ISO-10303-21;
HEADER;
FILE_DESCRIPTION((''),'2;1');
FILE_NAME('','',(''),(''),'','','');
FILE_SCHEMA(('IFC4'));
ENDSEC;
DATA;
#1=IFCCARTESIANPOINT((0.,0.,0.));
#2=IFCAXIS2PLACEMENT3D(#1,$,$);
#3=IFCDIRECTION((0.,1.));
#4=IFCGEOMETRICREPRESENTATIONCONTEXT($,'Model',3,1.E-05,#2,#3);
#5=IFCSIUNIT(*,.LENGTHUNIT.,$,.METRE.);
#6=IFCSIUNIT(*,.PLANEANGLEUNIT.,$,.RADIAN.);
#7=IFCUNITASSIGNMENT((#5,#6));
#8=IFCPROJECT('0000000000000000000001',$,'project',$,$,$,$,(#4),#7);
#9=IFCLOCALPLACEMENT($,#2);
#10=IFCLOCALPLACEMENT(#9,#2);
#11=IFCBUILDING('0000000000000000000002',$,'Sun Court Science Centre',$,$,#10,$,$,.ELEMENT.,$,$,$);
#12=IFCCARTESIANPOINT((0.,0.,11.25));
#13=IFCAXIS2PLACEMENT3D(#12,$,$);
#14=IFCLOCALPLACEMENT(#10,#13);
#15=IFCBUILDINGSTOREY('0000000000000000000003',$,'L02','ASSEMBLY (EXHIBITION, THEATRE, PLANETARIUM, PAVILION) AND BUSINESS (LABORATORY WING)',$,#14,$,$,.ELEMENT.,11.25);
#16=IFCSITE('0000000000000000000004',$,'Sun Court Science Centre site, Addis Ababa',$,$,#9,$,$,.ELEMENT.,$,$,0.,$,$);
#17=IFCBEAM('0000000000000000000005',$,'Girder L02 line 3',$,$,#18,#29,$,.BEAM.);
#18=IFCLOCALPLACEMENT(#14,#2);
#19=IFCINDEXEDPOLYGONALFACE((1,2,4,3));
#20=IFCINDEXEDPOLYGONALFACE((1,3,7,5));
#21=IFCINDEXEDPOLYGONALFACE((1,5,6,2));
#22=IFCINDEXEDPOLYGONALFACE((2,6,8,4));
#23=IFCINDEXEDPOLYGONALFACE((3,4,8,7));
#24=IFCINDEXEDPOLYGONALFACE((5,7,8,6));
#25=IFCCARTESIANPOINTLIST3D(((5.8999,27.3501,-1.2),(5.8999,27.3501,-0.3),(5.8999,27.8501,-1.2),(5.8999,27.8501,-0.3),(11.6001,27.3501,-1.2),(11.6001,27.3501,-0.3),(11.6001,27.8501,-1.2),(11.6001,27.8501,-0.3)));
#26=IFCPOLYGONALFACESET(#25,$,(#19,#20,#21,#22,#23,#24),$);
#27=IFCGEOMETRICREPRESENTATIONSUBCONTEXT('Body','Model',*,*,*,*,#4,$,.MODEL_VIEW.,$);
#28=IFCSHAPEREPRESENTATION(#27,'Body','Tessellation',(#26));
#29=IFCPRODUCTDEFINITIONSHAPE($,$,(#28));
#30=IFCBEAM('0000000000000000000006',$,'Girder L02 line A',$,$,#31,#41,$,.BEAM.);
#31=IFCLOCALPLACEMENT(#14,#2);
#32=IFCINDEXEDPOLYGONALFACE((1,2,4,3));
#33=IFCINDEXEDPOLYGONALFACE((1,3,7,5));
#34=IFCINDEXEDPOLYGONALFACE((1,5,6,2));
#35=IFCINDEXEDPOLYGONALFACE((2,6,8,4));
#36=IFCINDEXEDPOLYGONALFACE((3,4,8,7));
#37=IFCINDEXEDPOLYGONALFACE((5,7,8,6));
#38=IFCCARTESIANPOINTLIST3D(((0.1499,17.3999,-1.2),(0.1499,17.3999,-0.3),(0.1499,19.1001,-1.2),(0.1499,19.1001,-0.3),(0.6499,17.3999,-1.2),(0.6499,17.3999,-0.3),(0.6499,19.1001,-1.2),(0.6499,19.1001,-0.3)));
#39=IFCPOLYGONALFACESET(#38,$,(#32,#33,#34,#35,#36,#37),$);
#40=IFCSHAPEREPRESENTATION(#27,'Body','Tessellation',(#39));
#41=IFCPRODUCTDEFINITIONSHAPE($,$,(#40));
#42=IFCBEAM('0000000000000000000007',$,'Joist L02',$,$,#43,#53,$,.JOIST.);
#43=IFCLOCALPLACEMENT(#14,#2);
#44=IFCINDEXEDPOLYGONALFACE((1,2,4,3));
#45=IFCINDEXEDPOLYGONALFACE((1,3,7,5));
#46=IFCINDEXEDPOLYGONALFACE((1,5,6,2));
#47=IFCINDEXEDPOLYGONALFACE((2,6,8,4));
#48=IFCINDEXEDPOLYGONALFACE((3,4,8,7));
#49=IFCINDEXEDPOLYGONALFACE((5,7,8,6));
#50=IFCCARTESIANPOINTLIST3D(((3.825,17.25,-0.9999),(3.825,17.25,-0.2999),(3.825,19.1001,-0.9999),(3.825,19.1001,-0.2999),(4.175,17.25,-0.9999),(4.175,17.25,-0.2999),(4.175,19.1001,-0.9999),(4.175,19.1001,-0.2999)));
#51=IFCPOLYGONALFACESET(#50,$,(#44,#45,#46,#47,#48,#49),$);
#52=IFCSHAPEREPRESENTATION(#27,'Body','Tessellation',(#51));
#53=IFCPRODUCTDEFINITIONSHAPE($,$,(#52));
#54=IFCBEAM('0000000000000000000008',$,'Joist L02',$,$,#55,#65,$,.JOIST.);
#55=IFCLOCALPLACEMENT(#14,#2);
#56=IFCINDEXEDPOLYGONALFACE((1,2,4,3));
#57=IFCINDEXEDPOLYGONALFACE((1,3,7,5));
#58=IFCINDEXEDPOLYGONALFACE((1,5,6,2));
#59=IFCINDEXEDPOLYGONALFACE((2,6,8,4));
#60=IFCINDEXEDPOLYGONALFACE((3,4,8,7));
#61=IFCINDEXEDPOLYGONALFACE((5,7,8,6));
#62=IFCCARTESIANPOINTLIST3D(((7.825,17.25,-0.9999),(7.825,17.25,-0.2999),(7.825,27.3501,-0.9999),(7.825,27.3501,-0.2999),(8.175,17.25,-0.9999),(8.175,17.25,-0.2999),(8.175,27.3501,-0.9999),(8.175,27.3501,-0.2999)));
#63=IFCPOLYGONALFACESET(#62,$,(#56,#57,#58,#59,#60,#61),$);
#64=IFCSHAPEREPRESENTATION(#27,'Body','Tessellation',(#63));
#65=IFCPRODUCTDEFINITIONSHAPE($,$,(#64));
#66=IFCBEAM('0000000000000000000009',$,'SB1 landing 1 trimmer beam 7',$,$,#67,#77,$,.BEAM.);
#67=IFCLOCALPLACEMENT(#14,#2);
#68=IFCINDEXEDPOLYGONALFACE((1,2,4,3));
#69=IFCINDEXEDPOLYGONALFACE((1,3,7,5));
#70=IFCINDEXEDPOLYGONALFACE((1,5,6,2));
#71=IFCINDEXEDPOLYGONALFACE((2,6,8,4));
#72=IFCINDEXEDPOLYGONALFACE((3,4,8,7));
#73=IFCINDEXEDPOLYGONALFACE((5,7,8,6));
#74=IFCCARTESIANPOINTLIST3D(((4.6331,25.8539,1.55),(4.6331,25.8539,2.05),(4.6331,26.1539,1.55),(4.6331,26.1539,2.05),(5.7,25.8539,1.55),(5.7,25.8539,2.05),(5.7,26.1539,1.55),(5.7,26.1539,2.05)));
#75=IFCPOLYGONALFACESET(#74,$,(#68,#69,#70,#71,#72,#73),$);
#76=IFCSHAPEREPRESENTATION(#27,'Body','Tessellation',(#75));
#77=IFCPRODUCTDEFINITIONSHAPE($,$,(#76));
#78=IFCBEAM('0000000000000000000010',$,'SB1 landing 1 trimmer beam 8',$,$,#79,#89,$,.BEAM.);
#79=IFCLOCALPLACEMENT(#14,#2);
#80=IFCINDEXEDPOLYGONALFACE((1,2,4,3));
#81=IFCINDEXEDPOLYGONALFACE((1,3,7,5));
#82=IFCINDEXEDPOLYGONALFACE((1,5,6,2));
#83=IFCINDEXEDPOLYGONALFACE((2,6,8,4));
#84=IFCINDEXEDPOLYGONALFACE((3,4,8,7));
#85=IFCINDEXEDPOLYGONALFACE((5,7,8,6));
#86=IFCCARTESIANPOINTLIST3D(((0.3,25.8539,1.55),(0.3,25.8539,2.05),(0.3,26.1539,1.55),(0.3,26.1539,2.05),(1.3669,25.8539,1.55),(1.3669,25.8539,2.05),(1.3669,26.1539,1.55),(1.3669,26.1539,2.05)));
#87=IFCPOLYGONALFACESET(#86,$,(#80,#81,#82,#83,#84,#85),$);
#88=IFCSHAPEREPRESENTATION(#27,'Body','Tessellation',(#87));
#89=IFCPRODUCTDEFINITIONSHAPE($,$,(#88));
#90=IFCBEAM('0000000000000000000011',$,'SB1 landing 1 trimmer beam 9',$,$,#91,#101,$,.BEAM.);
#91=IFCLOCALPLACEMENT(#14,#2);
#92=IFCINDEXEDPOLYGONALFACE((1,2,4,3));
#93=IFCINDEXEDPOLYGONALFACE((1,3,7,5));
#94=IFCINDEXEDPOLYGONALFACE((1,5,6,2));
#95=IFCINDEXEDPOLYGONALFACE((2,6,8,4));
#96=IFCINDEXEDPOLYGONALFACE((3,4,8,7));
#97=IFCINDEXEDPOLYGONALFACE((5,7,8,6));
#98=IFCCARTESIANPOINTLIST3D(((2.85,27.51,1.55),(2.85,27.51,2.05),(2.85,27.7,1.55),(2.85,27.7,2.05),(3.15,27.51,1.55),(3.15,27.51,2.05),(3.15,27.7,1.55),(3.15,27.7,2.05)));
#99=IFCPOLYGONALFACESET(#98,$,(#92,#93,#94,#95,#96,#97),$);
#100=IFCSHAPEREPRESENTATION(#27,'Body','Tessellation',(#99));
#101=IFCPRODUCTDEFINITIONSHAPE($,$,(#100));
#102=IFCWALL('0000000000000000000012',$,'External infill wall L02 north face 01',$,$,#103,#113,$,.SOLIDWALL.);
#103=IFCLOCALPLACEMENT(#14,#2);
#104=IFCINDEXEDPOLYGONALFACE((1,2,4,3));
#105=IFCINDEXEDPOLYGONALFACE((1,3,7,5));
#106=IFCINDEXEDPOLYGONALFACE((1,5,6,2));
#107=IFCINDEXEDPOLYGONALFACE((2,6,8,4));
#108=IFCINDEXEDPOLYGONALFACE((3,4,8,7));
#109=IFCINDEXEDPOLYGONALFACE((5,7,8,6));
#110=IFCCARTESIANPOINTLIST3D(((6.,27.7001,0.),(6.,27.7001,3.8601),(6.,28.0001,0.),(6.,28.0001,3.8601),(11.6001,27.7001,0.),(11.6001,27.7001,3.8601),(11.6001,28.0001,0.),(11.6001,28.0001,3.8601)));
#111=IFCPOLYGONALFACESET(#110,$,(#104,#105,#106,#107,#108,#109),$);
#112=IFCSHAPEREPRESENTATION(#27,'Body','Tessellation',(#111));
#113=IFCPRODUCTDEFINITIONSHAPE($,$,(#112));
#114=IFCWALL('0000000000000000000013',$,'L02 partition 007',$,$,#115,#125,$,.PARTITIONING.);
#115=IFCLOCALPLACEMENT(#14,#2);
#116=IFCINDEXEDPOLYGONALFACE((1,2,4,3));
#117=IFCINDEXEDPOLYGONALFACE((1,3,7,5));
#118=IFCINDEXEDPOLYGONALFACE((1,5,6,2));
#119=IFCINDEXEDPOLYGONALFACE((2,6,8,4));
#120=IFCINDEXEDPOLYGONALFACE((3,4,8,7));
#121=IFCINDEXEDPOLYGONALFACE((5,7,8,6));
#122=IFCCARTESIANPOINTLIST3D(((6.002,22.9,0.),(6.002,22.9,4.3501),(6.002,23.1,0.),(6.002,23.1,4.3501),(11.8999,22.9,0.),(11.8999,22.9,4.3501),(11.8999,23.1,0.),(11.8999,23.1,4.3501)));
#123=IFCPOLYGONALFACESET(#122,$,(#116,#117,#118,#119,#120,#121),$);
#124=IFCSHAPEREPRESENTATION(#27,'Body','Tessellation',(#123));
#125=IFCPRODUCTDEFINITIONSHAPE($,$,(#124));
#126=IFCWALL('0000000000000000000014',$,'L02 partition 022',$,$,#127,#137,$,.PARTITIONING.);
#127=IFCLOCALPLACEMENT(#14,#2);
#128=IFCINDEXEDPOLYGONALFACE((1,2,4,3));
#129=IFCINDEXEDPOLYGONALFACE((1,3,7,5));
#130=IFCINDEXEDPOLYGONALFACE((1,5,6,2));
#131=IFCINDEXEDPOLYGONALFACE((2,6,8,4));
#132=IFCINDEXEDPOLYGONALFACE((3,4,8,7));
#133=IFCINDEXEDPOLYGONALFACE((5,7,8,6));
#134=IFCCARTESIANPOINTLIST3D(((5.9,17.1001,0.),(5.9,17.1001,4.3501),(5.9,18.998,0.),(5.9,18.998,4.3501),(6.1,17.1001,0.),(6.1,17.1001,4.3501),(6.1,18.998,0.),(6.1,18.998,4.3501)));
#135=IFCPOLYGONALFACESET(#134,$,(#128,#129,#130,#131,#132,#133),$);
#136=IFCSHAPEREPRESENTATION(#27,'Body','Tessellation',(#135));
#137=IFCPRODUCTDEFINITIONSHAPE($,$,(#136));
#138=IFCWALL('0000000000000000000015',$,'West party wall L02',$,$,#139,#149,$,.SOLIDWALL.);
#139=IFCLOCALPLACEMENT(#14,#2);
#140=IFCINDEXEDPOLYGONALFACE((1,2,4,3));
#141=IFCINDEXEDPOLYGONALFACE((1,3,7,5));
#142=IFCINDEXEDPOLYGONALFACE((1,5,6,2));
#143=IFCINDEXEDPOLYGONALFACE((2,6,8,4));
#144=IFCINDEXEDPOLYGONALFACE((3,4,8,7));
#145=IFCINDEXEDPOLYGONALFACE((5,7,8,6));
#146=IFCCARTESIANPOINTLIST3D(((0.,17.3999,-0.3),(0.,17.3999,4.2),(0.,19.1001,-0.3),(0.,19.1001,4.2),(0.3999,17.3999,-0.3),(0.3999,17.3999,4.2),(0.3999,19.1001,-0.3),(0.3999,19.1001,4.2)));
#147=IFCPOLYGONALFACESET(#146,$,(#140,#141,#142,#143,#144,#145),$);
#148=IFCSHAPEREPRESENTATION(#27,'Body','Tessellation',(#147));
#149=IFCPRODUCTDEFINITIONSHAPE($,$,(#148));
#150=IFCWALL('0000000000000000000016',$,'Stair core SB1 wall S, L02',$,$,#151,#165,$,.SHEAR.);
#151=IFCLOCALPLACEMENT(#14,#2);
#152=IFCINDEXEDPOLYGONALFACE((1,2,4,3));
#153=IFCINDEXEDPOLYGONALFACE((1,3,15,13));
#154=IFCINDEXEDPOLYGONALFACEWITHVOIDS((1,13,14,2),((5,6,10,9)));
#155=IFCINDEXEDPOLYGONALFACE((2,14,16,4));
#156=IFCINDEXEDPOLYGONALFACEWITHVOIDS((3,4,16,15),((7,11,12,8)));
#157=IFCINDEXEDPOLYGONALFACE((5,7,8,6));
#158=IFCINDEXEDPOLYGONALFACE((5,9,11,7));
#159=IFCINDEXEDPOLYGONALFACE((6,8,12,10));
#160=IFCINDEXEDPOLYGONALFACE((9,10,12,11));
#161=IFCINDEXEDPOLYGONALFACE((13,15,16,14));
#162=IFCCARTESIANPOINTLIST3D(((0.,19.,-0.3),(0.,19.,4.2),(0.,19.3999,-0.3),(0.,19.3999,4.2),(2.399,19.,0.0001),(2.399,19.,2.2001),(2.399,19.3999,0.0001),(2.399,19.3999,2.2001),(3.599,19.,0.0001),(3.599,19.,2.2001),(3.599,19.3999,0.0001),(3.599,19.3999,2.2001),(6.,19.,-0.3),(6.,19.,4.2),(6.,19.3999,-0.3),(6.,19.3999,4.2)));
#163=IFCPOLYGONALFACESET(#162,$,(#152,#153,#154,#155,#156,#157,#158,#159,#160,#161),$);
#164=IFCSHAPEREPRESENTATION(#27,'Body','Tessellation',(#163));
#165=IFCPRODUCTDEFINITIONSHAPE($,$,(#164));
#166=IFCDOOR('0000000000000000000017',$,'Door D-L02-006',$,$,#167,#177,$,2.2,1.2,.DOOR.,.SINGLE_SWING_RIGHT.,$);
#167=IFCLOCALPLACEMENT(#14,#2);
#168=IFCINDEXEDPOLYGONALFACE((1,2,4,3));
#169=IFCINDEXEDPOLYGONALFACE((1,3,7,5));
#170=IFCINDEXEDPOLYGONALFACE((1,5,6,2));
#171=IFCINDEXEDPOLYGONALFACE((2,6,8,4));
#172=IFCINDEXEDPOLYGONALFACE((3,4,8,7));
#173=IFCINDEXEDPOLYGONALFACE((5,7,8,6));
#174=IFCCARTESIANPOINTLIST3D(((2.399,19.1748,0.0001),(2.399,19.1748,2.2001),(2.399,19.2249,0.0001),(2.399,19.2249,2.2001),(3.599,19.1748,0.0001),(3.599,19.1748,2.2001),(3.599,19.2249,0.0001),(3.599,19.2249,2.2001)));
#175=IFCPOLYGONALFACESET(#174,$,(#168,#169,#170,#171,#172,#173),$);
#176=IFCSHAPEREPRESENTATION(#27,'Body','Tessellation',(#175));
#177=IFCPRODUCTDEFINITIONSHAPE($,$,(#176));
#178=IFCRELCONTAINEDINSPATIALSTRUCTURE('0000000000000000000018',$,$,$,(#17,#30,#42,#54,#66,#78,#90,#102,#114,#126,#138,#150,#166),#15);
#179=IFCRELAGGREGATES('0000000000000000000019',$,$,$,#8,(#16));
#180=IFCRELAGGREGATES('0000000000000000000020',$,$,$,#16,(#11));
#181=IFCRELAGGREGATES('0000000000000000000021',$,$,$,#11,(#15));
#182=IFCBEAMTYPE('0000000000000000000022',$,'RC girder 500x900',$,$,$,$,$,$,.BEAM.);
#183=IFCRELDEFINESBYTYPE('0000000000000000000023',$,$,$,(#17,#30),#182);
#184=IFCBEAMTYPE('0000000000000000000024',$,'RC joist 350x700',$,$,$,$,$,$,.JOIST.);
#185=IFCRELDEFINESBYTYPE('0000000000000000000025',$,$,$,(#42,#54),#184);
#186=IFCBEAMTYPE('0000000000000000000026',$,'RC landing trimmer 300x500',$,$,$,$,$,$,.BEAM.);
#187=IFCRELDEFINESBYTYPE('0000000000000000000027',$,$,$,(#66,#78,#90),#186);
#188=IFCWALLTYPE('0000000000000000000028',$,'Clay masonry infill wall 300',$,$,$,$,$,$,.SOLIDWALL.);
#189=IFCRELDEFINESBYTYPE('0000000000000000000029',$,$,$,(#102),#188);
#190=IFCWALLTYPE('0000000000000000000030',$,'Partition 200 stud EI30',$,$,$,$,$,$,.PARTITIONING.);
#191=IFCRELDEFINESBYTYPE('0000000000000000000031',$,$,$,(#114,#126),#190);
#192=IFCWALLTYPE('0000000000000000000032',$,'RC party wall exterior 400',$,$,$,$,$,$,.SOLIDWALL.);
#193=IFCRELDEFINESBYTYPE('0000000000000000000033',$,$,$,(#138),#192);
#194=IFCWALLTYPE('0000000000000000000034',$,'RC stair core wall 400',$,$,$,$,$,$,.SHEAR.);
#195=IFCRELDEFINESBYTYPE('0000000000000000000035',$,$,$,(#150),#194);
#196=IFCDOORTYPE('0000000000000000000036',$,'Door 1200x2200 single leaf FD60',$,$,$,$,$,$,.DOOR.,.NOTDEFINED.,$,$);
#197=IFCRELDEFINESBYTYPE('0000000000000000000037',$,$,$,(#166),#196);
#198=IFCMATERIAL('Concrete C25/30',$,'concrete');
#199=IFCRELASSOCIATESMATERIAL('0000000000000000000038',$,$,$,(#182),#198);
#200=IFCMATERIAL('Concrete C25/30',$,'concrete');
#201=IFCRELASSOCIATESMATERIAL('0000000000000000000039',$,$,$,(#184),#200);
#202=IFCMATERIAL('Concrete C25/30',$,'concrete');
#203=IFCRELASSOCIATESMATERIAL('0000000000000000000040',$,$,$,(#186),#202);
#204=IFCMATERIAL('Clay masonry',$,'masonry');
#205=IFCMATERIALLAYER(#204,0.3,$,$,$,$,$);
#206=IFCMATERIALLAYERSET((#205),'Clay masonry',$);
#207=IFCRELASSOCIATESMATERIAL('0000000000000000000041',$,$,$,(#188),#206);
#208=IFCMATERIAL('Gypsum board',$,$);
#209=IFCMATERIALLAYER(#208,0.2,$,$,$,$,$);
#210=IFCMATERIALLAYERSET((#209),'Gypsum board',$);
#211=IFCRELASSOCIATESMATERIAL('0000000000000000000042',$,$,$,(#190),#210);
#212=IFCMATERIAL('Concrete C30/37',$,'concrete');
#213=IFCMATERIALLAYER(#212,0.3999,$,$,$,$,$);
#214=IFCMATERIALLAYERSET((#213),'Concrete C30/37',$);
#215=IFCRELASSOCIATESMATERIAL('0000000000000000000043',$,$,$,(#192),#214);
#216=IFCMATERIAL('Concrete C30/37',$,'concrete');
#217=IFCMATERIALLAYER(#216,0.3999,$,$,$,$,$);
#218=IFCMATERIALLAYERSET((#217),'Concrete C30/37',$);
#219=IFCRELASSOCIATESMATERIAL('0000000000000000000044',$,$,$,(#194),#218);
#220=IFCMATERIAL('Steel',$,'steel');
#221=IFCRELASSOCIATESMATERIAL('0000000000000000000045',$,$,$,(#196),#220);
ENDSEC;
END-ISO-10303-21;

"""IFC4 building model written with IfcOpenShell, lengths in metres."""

from ifc_helpers import new_model, si_unit, direction, frame, frame_2d, origin, origin_2d, place, context, subcontext, project, spatial, rectangle, extrude, material, layer, layer_set, material_profile, profile_set, type_object, element, fill, save


model = new_model("IFC4")

# Units and contexts
model_context = context("Model", 3, precision=1e-05, world=origin(), true_north=direction((0.0, 1.0)))
body_context = subcontext(model_context, "Body", "Model", "MODEL_VIEW")
ifc_project = project(units=[si_unit("LENGTHUNIT", "METRE"), si_unit("PLANEANGLEUNIT", "RADIAN")], contexts=[model_context])

# Site, building, storey
site_placement = place(None, origin())
site = spatial("IfcSite", under=ifc_project, at=site_placement, Name="Sun Court Science Centre site, Addis Ababa", CompositionType="ELEMENT", RefElevation=0.0)
building_placement = place(site_placement, origin())
building = spatial("IfcBuilding", under=site, at=building_placement, Name="Sun Court Science Centre", CompositionType="ELEMENT")
storey_placement = place(building_placement, frame((0.0, 0.0, 11.25)))
storey = spatial("IfcBuildingStorey", under=building, at=storey_placement, Name="L02", Description="ASSEMBLY (EXHIBITION, THEATRE, PLANETARIUM, PAVILION) AND BUSINESS (LABORATORY WING)", CompositionType="ELEMENT", Elevation=11.25)

# Beams
ifc_material_1 = material(Name="Concrete C25/30", Category="concrete")
ifc_material_profile_1 = material_profile(ifc_material_1, rectangle(XDim=0.5, YDim=0.8999, at=origin_2d()), Name="RC 500x900")
ifc_profile_set_1 = profile_set([ifc_material_profile_1], Name="Concrete C25/30")
beam_type_1 = type_object("IfcBeamType", Name="RC girder 500x900", PredefinedType="BEAM", material=ifc_profile_set_1)
beam_1_placement = place(storey_placement, frame((5.8999, 27.6001, -0.75), z_axis=(1.0, 0.0, 0.0), x_axis=(0.0, 1.0, 0.0)))
element("IfcBeam", 1, at=beam_1_placement, inside=storey, type_object=beam_type_1, Name="Girder L02 line 3", PredefinedType="BEAM", context=body_context, shape_type="SweptSolid", body=[
    extrude(rectangle(XDim=0.5, YDim=0.8999, at=origin_2d()), origin(), (0.0, 0.0, 1.0), 5.7002),
])
beam_2_placement = place(storey_placement, frame((0.3999, 17.3999, -0.75), z_axis=(0.0, 1.0, 0.0), x_axis=(-1.0, 0.0, 0.0)))
element("IfcBeam", 2, at=beam_2_placement, inside=storey, type_object=beam_type_1, Name="Girder L02 line A", PredefinedType="BEAM", context=body_context, shape_type="SweptSolid", body=[
    extrude(rectangle(XDim=0.5, YDim=0.8999, at=origin_2d()), origin(), (0.0, 0.0, 1.0), 1.7002),
])
ifc_material_2 = material(Name="Concrete C25/30", Category="concrete")
ifc_material_profile_2 = material_profile(ifc_material_2, rectangle(XDim=0.3501, YDim=0.7, at=origin_2d()), Name="RC 350x700")
ifc_profile_set_2 = profile_set([ifc_material_profile_2], Name="Concrete C25/30")
beam_type_2 = type_object("IfcBeamType", Name="RC joist 350x700", PredefinedType="JOIST", material=ifc_profile_set_2)
beam_3_placement = place(storey_placement, frame((4.0, 17.25, -0.6499), z_axis=(0.0, 1.0, 0.0), x_axis=(-1.0, 0.0, 0.0)))
element("IfcBeam", 3, at=beam_3_placement, inside=storey, type_object=beam_type_2, Name="Joist L02", PredefinedType="JOIST", context=body_context, shape_type="SweptSolid", body=[
    extrude(rectangle(XDim=0.3501, YDim=0.7, at=origin_2d()), origin(), (0.0, 0.0, 1.0), 1.8501),
])
beam_4_placement = place(storey_placement, frame((8.0, 17.25, -0.6499), z_axis=(0.0, 1.0, 0.0), x_axis=(-1.0, 0.0, 0.0)))
element("IfcBeam", 4, at=beam_4_placement, inside=storey, type_object=beam_type_2, Name="Joist L02", PredefinedType="JOIST", context=body_context, shape_type="SweptSolid", body=[
    extrude(rectangle(XDim=0.3501, YDim=0.7, at=origin_2d()), origin(), (0.0, 0.0, 1.0), 10.1001),
])
ifc_material_3 = material(Name="Concrete C25/30", Category="concrete")
ifc_material_profile_3 = material_profile(ifc_material_3, rectangle(XDim=0.3, YDim=0.5, at=origin_2d()), Name="RC 300x500")
ifc_profile_set_3 = profile_set([ifc_material_profile_3], Name="Concrete C25/30")
beam_type_3 = type_object("IfcBeamType", Name="RC landing trimmer 300x500", PredefinedType="BEAM", material=ifc_profile_set_3)
for number, where, z_axis, x_axis, name in (
    (5, (5.7, 26.0039, 1.8), (-1.0, 0.0, 0.0), (0.0, -1.0, 0.0), "SB1 landing 1 trimmer beam 7"),
    (6, (0.3, 26.0039, 1.8), (1.0, 0.0, 0.0), (0.0, 1.0, 0.0), "SB1 landing 1 trimmer beam 8"),
):
    element("IfcBeam", number, at=place(storey_placement, frame(where, z_axis=z_axis, x_axis=x_axis)), inside=storey, type_object=beam_type_3, Name=name, PredefinedType="BEAM", context=body_context, shape_type="SweptSolid", body=[
        extrude(rectangle(XDim=0.3, YDim=0.5, at=origin_2d()), origin(), (0.0, 0.0, 1.0), 1.0669),
    ])
beam_5_placement = place(storey_placement, frame((3.0, 27.7, 1.8), z_axis=(0.0, -1.0, 0.0), x_axis=(1.0, 0.0, 0.0)))
element("IfcBeam", 7, at=beam_5_placement, inside=storey, type_object=beam_type_3, Name="SB1 landing 1 trimmer beam 9", PredefinedType="BEAM", context=body_context, shape_type="SweptSolid", body=[
    extrude(rectangle(XDim=0.3, YDim=0.5, at=origin_2d()), origin(), (0.0, 0.0, 1.0), 0.1899),
])

# Walls
ifc_material_4 = material(Name="Clay masonry", Category="masonry")
ifc_layer_1 = layer(ifc_material_4, 0.3)
ifc_layer_set_1 = layer_set([ifc_layer_1], Name="Clay masonry")
wall_type_1 = type_object("IfcWallType", Name="Clay masonry infill wall 300", PredefinedType="SOLIDWALL", material=ifc_layer_set_1)
wall_1_placement = place(storey_placement, frame((6.0, 27.8501, 0.0), z_axis=(0.0, 0.0, 1.0), x_axis=(1.0, 0.0, 0.0)))
element("IfcWall", 8, at=wall_1_placement, inside=storey, type_object=wall_type_1, Name="External infill wall L02 north face 01", PredefinedType="SOLIDWALL", context=body_context, shape_type="SweptSolid", body=[
    extrude(rectangle(XDim=5.6001, YDim=0.3, at=frame_2d((2.8, 0.0))), origin(), (0.0, 0.0, 1.0), 3.8601),
])
ifc_material_5 = material(Name="Gypsum board")
ifc_layer_2 = layer(ifc_material_5, 0.2)
ifc_layer_set_2 = layer_set([ifc_layer_2], Name="Gypsum board")
wall_type_2 = type_object("IfcWallType", Name="Partition 200 stud EI30", PredefinedType="PARTITIONING", material=ifc_layer_set_2)
wall_2_placement = place(storey_placement, frame((6.002, 23.0, 0.0), z_axis=(0.0, 0.0, 1.0), x_axis=(1.0, 0.0, 0.0)))
element("IfcWall", 9, at=wall_2_placement, inside=storey, type_object=wall_type_2, Name="L02 partition 007", PredefinedType="PARTITIONING", context=body_context, shape_type="SweptSolid", body=[
    extrude(rectangle(XDim=5.8979, YDim=0.2, at=frame_2d((2.949, 0.0))), origin(), (0.0, 0.0, 1.0), 4.3501),
])
wall_3_placement = place(storey_placement, frame((6.0, 17.1001, 0.0), z_axis=(0.0, 0.0, 1.0), x_axis=(0.0, 1.0, 0.0)))
element("IfcWall", 10, at=wall_3_placement, inside=storey, type_object=wall_type_2, Name="L02 partition 022", PredefinedType="PARTITIONING", context=body_context, shape_type="SweptSolid", body=[
    extrude(rectangle(XDim=1.8979, YDim=0.2, at=frame_2d((0.949, 0.0))), origin(), (0.0, 0.0, 1.0), 4.3501),
])
ifc_material_6 = material(Name="Concrete C30/37", Category="concrete")
ifc_layer_3 = layer(ifc_material_6, 0.3999)
ifc_layer_set_3 = layer_set([ifc_layer_3], Name="Concrete C30/37")
wall_type_3 = type_object("IfcWallType", Name="RC party wall exterior 400", PredefinedType="SOLIDWALL", material=ifc_layer_set_3)
wall_4_placement = place(storey_placement, frame((0.2, 17.3999, -0.3), z_axis=(0.0, 0.0, 1.0), x_axis=(0.0, 1.0, 0.0)))
element("IfcWall", 11, at=wall_4_placement, inside=storey, type_object=wall_type_3, Name="West party wall L02", PredefinedType="SOLIDWALL", context=body_context, shape_type="SweptSolid", body=[
    extrude(rectangle(XDim=1.7002, YDim=0.3999, at=frame_2d((0.8501, 0.0))), origin(), (0.0, 0.0, 1.0), 4.5),
])

# Wall, opening, door
ifc_material_7 = material(Name="Concrete C30/37", Category="concrete")
ifc_layer_4 = layer(ifc_material_7, 0.3999)
ifc_layer_set_4 = layer_set([ifc_layer_4], Name="Concrete C30/37")
wall_type_4 = type_object("IfcWallType", Name="RC stair core wall 400", PredefinedType="SHEAR", material=ifc_layer_set_4)
wall_5_placement = place(storey_placement, frame((0.0, 19.2, -0.3), z_axis=(0.0, 0.0, 1.0), x_axis=(1.0, 0.0, 0.0)))
wall_5 = element("IfcWall", 12, at=wall_5_placement, inside=storey, type_object=wall_type_4, Name="Stair core SB1 wall S, L02", PredefinedType="SHEAR", context=body_context, shape_type="SweptSolid", body=[
    extrude(rectangle(XDim=6.0, YDim=0.3999, at=frame_2d((3.0, 0.0))), origin(), (0.0, 0.0, 1.0), 4.5),
])
opening_placement = place(wall_5_placement, frame((2.3989, 0.0, 0.3)))
opening = element("IfcOpeningElement", 13, at=opening_placement, cuts=wall_5, PredefinedType="OPENING", context=body_context, shape_type="SweptSolid", body=[
    extrude(rectangle(XDim=1.2, YDim=2.2, at=frame_2d((0.6001, 1.1001))), frame((0.0, 0.21, 0.0), z_axis=(0.0, -1.0, 0.0), x_axis=(1.0, 0.0, 0.0)), (0.0, 0.0, 1.0), 0.4199),
])
ifc_material_8 = material(Name="Steel", Category="steel")
door_type = type_object("IfcDoorType", Name="Door 1200x2200 single leaf FD60", OperationType="NOTDEFINED", PredefinedType="DOOR", material=ifc_material_8)
door_placement = place(opening_placement, origin())
door = element("IfcDoor", 14, at=door_placement, inside=storey, type_object=door_type, Name="Door D-L02-006", OperationType="SINGLE_SWING_RIGHT", OverallHeight=2.2, OverallWidth=1.2, PredefinedType="DOOR", context=body_context, shape_type="SweptSolid", body=[
    extrude(rectangle(XDim=1.2, YDim=2.2, at=frame_2d((0.6001, 1.1001))), frame((0.0, 0.0249, 0.0), z_axis=(0.0, -1.0, 0.0), x_axis=(1.0, 0.0, 0.0)), (0.0, 0.0, 1.0), 0.05),
])
fill(opening, door)

save(model, "model.ifc")
